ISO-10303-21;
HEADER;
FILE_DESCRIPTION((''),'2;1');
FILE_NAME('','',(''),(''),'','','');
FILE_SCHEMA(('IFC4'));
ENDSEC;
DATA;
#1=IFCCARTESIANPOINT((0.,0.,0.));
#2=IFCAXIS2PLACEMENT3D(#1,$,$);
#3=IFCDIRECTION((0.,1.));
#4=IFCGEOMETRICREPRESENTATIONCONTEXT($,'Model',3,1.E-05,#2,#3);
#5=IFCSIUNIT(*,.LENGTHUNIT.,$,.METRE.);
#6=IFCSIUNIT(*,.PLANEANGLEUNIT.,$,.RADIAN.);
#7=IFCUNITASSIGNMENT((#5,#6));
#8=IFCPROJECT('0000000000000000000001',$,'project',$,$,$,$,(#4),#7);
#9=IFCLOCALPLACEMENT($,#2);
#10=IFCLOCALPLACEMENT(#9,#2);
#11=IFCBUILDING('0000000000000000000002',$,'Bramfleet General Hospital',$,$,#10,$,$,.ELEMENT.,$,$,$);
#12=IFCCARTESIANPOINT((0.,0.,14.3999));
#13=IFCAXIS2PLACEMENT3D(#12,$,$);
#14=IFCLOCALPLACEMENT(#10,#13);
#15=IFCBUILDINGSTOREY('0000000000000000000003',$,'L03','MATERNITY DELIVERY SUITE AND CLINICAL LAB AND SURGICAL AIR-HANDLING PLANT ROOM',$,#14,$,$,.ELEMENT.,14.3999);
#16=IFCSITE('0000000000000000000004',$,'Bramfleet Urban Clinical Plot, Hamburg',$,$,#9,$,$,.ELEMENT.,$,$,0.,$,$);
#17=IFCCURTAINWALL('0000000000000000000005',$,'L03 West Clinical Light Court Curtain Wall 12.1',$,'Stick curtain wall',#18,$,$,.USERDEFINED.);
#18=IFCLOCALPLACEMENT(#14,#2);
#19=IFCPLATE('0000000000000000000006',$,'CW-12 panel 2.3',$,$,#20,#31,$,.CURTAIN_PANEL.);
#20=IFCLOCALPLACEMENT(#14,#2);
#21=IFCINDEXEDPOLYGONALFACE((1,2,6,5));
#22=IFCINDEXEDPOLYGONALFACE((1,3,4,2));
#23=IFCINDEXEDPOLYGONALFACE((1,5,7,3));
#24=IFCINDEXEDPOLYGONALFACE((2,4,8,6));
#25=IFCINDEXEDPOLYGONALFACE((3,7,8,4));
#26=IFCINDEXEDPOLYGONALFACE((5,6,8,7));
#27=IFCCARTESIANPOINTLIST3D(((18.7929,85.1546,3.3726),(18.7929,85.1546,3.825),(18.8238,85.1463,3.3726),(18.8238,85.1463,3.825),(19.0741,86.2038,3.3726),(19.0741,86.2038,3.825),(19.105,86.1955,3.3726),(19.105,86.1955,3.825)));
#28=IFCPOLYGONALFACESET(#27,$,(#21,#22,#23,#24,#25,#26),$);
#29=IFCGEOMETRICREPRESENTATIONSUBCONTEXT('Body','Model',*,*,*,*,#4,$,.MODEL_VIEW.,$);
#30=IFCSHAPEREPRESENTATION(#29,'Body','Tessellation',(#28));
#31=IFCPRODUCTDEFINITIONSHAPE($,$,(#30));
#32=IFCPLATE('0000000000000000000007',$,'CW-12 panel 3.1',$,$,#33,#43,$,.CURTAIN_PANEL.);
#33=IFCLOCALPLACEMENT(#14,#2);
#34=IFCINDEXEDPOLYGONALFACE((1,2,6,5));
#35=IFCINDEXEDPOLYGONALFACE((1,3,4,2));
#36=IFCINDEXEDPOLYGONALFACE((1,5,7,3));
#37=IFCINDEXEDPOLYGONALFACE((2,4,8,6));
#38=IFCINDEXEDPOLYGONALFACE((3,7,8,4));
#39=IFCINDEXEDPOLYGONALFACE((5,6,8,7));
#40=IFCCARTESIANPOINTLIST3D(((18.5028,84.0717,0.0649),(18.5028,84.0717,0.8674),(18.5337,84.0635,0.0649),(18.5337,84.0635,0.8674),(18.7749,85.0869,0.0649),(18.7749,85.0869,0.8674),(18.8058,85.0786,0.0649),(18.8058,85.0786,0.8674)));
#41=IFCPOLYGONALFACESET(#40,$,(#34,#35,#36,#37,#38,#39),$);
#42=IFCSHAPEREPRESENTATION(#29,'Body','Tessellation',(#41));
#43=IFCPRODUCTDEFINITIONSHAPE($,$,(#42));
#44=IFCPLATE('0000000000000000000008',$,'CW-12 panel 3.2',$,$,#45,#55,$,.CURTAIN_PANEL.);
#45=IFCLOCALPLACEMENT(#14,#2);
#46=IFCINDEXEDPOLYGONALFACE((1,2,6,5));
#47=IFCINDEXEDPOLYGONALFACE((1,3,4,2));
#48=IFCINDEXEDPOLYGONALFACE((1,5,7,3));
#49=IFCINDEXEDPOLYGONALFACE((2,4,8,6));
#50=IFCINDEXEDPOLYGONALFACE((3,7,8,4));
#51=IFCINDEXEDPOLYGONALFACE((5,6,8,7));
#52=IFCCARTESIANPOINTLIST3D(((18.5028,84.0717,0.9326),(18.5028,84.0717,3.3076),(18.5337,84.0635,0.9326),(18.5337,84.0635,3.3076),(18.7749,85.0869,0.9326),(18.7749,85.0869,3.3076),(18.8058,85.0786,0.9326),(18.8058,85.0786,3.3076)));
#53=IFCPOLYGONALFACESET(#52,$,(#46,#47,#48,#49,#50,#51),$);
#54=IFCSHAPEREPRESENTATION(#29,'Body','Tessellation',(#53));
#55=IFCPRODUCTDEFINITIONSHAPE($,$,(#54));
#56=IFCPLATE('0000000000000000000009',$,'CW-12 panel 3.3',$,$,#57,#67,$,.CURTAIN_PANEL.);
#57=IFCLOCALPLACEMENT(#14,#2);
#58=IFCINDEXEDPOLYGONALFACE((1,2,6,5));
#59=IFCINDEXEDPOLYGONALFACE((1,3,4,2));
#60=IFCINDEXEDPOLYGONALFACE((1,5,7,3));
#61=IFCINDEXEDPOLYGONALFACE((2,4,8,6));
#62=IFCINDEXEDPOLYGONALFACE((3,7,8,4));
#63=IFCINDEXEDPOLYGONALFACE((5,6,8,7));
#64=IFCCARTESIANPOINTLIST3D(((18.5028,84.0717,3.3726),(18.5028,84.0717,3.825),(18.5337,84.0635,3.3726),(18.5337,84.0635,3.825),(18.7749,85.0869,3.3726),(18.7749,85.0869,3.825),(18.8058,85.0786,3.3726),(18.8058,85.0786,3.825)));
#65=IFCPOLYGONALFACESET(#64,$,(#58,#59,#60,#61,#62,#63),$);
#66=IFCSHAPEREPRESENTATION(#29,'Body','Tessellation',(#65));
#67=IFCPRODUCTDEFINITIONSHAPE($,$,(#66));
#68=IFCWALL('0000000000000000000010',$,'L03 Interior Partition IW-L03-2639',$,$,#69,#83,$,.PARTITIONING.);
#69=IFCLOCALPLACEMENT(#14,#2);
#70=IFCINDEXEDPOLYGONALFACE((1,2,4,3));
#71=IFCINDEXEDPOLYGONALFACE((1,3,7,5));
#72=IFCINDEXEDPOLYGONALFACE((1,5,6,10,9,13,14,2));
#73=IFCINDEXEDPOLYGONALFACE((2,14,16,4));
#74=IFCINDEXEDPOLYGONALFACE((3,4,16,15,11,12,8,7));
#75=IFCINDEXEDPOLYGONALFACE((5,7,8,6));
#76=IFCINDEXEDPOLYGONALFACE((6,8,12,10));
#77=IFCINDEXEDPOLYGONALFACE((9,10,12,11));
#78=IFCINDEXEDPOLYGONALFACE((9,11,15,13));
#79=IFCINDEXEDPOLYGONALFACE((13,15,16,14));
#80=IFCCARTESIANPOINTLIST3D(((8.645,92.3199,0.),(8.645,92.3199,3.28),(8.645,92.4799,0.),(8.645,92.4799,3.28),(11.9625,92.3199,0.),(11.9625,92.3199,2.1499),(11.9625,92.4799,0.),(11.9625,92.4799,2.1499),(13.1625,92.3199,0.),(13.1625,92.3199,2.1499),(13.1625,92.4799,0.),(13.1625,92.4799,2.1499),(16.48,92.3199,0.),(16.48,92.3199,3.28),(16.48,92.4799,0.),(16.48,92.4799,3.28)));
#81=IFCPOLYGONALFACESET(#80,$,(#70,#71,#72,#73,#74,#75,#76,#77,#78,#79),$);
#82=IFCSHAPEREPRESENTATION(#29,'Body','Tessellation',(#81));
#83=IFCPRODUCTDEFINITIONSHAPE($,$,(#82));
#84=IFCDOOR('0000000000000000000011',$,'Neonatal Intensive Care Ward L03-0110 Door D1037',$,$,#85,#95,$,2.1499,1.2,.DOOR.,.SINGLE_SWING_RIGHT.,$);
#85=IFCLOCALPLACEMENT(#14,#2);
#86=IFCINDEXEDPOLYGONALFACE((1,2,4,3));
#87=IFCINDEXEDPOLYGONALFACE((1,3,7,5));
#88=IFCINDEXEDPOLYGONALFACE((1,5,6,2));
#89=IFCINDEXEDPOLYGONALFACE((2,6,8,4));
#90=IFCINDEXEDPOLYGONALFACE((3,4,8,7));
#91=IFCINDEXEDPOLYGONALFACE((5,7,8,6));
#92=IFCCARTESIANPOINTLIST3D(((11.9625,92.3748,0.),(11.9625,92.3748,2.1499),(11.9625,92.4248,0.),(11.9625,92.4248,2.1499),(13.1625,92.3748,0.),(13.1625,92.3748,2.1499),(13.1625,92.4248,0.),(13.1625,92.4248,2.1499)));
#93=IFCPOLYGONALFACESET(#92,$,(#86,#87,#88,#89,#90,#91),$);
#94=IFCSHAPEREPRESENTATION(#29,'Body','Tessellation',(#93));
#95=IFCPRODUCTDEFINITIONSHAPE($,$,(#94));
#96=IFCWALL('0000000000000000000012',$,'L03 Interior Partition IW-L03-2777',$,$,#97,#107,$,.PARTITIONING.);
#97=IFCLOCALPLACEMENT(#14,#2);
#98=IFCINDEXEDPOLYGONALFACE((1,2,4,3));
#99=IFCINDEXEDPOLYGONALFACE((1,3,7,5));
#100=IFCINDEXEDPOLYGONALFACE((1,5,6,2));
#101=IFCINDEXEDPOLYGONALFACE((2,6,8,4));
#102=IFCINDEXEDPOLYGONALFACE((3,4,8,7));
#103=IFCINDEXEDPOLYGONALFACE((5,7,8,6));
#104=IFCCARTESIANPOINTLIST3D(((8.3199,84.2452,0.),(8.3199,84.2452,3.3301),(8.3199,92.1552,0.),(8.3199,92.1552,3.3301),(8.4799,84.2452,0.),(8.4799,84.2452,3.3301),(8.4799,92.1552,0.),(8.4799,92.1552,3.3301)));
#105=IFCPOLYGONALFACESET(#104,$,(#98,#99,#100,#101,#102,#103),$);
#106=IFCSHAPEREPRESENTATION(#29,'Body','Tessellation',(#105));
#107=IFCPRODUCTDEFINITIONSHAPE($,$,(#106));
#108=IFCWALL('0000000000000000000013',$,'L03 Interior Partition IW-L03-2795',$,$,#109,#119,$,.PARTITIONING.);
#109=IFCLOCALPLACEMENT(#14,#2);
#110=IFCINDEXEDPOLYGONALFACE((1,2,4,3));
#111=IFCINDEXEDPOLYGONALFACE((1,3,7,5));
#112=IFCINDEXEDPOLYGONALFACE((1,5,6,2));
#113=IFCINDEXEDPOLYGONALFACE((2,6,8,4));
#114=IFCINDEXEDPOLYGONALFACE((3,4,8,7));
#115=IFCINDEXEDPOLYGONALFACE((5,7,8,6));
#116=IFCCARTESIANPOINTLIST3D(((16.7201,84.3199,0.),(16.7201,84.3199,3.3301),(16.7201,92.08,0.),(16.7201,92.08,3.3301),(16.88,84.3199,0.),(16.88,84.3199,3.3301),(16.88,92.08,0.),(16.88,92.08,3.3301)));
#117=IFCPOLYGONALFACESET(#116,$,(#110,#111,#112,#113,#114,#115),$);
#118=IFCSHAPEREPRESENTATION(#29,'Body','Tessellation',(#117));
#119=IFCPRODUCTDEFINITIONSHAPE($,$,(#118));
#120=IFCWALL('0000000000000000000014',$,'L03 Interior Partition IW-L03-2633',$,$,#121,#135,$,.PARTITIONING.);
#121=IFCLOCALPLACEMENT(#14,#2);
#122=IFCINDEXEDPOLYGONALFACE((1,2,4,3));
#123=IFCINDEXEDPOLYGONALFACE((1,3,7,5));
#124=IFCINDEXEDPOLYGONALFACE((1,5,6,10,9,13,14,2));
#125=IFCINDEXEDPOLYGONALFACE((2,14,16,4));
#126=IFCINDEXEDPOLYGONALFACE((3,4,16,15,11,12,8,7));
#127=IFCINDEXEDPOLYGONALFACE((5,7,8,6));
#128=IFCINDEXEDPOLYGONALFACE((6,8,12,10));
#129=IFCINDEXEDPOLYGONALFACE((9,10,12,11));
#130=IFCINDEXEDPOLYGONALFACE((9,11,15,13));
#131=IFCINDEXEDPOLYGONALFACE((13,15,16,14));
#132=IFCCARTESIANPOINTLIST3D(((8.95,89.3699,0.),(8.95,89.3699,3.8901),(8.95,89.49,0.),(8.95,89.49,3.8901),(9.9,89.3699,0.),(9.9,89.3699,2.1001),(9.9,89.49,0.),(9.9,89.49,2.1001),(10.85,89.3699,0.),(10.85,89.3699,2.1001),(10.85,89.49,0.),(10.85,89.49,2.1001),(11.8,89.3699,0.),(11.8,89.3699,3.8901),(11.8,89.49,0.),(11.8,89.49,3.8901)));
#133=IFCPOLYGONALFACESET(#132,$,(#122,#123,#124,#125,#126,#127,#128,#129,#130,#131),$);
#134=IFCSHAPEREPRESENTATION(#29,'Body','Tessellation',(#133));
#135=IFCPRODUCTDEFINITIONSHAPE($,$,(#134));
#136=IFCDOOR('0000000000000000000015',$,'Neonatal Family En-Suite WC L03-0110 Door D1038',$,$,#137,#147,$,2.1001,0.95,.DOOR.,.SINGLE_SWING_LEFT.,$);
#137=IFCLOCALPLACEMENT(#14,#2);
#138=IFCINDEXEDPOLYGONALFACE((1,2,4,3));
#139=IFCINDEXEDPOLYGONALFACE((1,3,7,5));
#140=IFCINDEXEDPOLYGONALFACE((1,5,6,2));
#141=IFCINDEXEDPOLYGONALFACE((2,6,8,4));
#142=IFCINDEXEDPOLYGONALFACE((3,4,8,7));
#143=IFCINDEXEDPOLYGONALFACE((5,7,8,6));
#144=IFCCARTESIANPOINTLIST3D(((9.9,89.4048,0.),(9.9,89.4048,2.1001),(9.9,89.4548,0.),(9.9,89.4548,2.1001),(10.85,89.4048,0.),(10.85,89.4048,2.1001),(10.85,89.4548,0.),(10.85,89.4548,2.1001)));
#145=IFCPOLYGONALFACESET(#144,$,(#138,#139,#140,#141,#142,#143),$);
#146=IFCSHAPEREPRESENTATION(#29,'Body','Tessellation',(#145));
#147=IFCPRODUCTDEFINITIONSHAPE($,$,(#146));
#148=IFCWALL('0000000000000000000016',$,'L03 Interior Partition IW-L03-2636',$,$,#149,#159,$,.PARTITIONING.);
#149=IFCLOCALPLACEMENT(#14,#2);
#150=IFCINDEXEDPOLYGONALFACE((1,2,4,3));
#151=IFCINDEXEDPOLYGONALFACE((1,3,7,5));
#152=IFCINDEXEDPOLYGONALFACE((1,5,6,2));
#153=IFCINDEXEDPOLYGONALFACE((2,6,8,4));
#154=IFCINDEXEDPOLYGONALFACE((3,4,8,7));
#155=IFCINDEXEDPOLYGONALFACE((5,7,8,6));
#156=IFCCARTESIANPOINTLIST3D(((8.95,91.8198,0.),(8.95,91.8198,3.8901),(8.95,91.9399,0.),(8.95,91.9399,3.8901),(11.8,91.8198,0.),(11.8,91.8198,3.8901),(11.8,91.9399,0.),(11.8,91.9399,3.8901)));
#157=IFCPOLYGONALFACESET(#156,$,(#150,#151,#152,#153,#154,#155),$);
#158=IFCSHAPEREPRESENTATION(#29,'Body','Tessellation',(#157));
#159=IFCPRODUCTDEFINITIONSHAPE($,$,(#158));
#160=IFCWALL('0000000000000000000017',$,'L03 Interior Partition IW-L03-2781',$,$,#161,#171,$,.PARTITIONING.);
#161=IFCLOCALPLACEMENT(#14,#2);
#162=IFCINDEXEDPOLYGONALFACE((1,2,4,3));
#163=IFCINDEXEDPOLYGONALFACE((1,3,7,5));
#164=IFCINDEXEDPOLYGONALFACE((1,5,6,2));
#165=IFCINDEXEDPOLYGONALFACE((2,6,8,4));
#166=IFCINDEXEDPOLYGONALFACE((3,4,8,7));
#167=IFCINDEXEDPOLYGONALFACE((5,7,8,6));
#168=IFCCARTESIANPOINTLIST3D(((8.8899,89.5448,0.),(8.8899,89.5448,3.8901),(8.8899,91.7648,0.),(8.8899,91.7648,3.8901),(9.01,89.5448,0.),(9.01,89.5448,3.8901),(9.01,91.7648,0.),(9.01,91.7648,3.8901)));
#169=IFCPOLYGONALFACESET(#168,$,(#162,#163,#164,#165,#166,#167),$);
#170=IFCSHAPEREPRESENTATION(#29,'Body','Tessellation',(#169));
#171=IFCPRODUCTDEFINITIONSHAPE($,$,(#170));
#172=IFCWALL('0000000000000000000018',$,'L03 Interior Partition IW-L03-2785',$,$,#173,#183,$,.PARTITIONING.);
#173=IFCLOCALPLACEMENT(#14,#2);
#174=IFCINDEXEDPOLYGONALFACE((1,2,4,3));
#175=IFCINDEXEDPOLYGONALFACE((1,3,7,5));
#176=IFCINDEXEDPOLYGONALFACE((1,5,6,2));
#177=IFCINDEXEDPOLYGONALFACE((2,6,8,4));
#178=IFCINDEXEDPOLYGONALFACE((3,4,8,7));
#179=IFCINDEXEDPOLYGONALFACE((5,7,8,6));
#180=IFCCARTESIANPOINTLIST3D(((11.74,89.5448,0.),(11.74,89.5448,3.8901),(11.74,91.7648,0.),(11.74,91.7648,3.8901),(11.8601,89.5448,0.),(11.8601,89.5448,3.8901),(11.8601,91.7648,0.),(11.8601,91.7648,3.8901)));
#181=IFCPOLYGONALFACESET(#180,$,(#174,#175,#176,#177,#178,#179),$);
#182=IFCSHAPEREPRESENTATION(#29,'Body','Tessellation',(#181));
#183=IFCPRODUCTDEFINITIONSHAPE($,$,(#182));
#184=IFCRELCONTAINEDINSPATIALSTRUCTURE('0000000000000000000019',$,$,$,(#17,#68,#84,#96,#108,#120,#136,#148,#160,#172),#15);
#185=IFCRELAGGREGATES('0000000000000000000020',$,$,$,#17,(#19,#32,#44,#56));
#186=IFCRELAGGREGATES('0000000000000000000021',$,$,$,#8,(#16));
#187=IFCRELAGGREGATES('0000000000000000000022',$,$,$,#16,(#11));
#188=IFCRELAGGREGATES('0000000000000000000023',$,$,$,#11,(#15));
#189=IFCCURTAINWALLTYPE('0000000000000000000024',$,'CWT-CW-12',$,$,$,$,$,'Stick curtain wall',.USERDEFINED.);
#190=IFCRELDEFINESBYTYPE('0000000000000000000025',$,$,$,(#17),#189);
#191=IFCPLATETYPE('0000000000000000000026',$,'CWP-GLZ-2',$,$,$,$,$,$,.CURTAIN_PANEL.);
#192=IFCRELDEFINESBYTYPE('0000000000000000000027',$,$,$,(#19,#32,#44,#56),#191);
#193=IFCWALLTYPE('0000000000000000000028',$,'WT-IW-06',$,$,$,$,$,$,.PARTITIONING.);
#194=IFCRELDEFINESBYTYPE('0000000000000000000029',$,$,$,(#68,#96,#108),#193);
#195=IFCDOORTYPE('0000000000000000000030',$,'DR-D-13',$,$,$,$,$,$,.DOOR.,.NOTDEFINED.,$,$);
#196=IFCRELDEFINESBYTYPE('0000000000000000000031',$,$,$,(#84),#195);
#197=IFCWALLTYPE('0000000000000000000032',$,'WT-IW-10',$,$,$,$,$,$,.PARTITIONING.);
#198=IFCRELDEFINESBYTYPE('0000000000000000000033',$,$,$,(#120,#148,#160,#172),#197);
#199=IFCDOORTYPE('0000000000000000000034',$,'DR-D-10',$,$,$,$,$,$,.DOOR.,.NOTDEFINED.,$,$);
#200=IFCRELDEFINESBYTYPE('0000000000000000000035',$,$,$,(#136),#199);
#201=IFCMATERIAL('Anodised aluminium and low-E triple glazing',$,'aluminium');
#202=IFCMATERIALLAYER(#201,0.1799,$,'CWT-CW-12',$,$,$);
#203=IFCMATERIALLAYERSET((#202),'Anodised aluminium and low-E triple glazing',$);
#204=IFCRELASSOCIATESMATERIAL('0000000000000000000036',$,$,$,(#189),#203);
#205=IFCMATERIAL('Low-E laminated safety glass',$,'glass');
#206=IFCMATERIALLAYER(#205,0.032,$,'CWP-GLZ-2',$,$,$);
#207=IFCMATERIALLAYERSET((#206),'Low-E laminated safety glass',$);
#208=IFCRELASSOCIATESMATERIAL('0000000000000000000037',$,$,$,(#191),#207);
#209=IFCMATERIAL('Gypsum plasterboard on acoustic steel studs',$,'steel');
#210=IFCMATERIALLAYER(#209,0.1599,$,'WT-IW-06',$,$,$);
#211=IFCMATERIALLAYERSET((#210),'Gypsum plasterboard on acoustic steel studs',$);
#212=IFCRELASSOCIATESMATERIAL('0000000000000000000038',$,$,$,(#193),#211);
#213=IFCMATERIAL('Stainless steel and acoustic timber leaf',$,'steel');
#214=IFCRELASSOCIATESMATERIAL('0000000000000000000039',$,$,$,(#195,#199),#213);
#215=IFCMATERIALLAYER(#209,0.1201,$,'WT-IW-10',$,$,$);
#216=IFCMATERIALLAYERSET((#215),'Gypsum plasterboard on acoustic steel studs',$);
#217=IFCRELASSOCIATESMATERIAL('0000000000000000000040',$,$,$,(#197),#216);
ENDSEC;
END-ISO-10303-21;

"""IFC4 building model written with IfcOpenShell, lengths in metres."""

from ifc_helpers import new_model, si_unit, direction, frame, frame_2d, origin, origin_2d, place, context, subcontext, project, spatial, rectangle, extrude, material, layer, layer_set, type_object, element, fill, aggregate, save


model = new_model("IFC4")

# Units and contexts
model_context = context("Model", 3, precision=1e-05, world=origin(), true_north=direction((0.0, 1.0)))
body_context = subcontext(model_context, "Body", "Model", "MODEL_VIEW")
ifc_project = project(units=[si_unit("LENGTHUNIT", "METRE"), si_unit("PLANEANGLEUNIT", "RADIAN")], contexts=[model_context])

# Site, building, storey
site_placement = place(None, origin())
site = spatial("IfcSite", under=ifc_project, at=site_placement, Name="Bramfleet Urban Clinical Plot, Hamburg", CompositionType="ELEMENT", RefElevation=0.0)
building_placement = place(site_placement, origin())
building = spatial("IfcBuilding", under=site, at=building_placement, Name="Bramfleet General Hospital", CompositionType="ELEMENT")
storey_placement = place(building_placement, frame((0.0, 0.0, 14.3999)))
storey = spatial("IfcBuildingStorey", under=building, at=storey_placement, Name="L03", Description="MATERNITY DELIVERY SUITE AND CLINICAL LAB AND SURGICAL AIR-HANDLING PLANT ROOM", CompositionType="ELEMENT", Elevation=14.3999)

# Curtain wall, plates
ifc_material_1 = material(Name="Anodised aluminium and low-E triple glazing", Category="aluminium")
ifc_layer_1 = layer(ifc_material_1, 0.1799, Name="CWT-CW-12")
ifc_layer_set_1 = layer_set([ifc_layer_1], Name="Anodised aluminium and low-E triple glazing")
curtain_wall_type = type_object("IfcCurtainWallType", Name="CWT-CW-12", ElementType="Stick curtain wall", PredefinedType="USERDEFINED", material=ifc_layer_set_1)
curtain_wall_placement = place(storey_placement, origin())
curtain_wall = element("IfcCurtainWall", 1, at=curtain_wall_placement, inside=storey, type_object=curtain_wall_type, Name="L03 West Clinical Light Court Curtain Wall 12.1", ObjectType="Stick curtain wall", PredefinedType="USERDEFINED")
ifc_material_2 = material(Name="Low-E laminated safety glass", Category="glass")
ifc_layer_2 = layer(ifc_material_2, 0.032, Name="CWP-GLZ-2")
ifc_layer_set_2 = layer_set([ifc_layer_2], Name="Low-E laminated safety glass")
plate_type = type_object("IfcPlateType", Name="CWP-GLZ-2", PredefinedType="CURTAIN_PANEL", material=ifc_layer_set_2)
plate_1_placement = place(storey_placement, frame((18.949, 85.675, 3.3726), z_axis=(0.0, 0.0, 1.0), x_axis=(-0.258919, -0.965899, 0.0)))
plate_1 = element("IfcPlate", 2, at=plate_1_placement, type_object=plate_type, Name="CW-12 panel 2.3", PredefinedType="CURTAIN_PANEL", context=body_context, shape_type="SweptSolid", body=[
    extrude(rectangle(XDim=1.0862, YDim=0.032, at=origin_2d()), origin(), (0.0, 0.0, 1.0), 0.4524),
])
plate_2_placement = place(storey_placement, frame((18.6543, 84.5752, 0.0649), z_axis=(0.0, 0.0, 1.0), x_axis=(-0.258919, -0.965899, 0.0)))
plate_2 = element("IfcPlate", 3, at=plate_2_placement, type_object=plate_type, Name="CW-12 panel 3.1", PredefinedType="CURTAIN_PANEL", context=body_context, shape_type="SweptSolid", body=[
    extrude(rectangle(XDim=1.051, YDim=0.032, at=origin_2d()), origin(), (0.0, 0.0, 1.0), 0.8025),
])
plate_3_placement = place(storey_placement, frame((18.6543, 84.5752, 0.9326), z_axis=(0.0, 0.0, 1.0), x_axis=(-0.258919, -0.965899, 0.0)))
plate_3 = element("IfcPlate", 4, at=plate_3_placement, type_object=plate_type, Name="CW-12 panel 3.2", PredefinedType="CURTAIN_PANEL", context=body_context, shape_type="SweptSolid", body=[
    extrude(rectangle(XDim=1.051, YDim=0.032, at=origin_2d()), origin(), (0.0, 0.0, 1.0), 2.375),
])
plate_4_placement = place(storey_placement, frame((18.6543, 84.5752, 3.3726), z_axis=(0.0, 0.0, 1.0), x_axis=(-0.258919, -0.965899, 0.0)))
plate_4 = element("IfcPlate", 5, at=plate_4_placement, type_object=plate_type, Name="CW-12 panel 3.3", PredefinedType="CURTAIN_PANEL", context=body_context, shape_type="SweptSolid", body=[
    extrude(rectangle(XDim=1.051, YDim=0.032, at=origin_2d()), origin(), (0.0, 0.0, 1.0), 0.4524),
])
aggregate(curtain_wall, [plate_1, plate_2, plate_3, plate_4])

# Wall, opening, door
ifc_material_3 = material(Name="Gypsum plasterboard on acoustic steel studs", Category="steel")
ifc_layer_3 = layer(ifc_material_3, 0.1599, Name="WT-IW-06")
ifc_layer_set_3 = layer_set([ifc_layer_3], Name="Gypsum plasterboard on acoustic steel studs")
wall_type_1 = type_object("IfcWallType", Name="WT-IW-06", PredefinedType="PARTITIONING", material=ifc_layer_set_3)
wall_1_placement = place(storey_placement, frame((8.645, 92.3999, 0.0), z_axis=(0.0, 0.0, 1.0), x_axis=(1.0, 0.0, 0.0)))
wall_1 = element("IfcWall", 6, at=wall_1_placement, inside=storey, type_object=wall_type_1, Name="L03 Interior Partition IW-L03-2639", PredefinedType="PARTITIONING", context=body_context, shape_type="SweptSolid", body=[
    extrude(rectangle(XDim=7.835, YDim=0.1599, at=frame_2d((3.9175, 0.0))), origin(), (0.0, 0.0, 1.0), 3.28),
])
opening_1_placement = place(wall_1_placement, frame((3.3174, 0.0, 0.0)))
opening_1 = element("IfcOpeningElement", 7, at=opening_1_placement, cuts=wall_1, PredefinedType="OPENING", context=body_context, shape_type="SweptSolid", body=[
    extrude(rectangle(XDim=1.2, YDim=2.1499, at=frame_2d((0.6001, 1.075))), frame((0.0, 0.0898, 0.0), z_axis=(0.0, -1.0, 0.0), x_axis=(1.0, 0.0, 0.0)), (0.0, 0.0, 1.0), 0.1799),
])
ifc_material_4 = material(Name="Stainless steel and acoustic timber leaf", Category="steel")
door_type_1 = type_object("IfcDoorType", Name="DR-D-13", OperationType="NOTDEFINED", PredefinedType="DOOR", material=ifc_material_4)
door_1_placement = place(opening_1_placement, origin())
door_1 = element("IfcDoor", 8, at=door_1_placement, inside=storey, type_object=door_type_1, Name="Neonatal Intensive Care Ward L03-0110 Door D1037", OperationType="SINGLE_SWING_RIGHT", OverallHeight=2.1499, OverallWidth=1.2, PredefinedType="DOOR", context=body_context, shape_type="SweptSolid", body=[
    extrude(rectangle(XDim=1.2, YDim=2.1499, at=frame_2d((0.6001, 1.075))), frame((0.0, 0.0249, 0.0), z_axis=(0.0, -1.0, 0.0), x_axis=(1.0, 0.0, 0.0)), (0.0, 0.0, 1.0), 0.05),
])
fill(opening_1, door_1)

# Walls
wall_2_placement = place(storey_placement, frame((8.3999, 84.2451, 0.0), z_axis=(0.0, 0.0, 1.0), x_axis=(0.0, 1.0, 0.0)))
element("IfcWall", 9, at=wall_2_placement, inside=storey, type_object=wall_type_1, Name="L03 Interior Partition IW-L03-2777", PredefinedType="PARTITIONING", context=body_context, shape_type="SweptSolid", body=[
    extrude(rectangle(XDim=7.9099, YDim=0.1599, at=frame_2d((3.9551, 0.0))), origin(), (0.0, 0.0, 1.0), 3.3301),
])
wall_3_placement = place(storey_placement, frame((16.8, 84.3201, 0.0), z_axis=(0.0, 0.0, 1.0), x_axis=(0.0, 1.0, 0.0)))
element("IfcWall", 10, at=wall_3_placement, inside=storey, type_object=wall_type_1, Name="L03 Interior Partition IW-L03-2795", PredefinedType="PARTITIONING", context=body_context, shape_type="SweptSolid", body=[
    extrude(rectangle(XDim=7.76, YDim=0.1599, at=frame_2d((3.8799, 0.0))), origin(), (0.0, 0.0, 1.0), 3.3301),
])

# Wall, opening, door
ifc_layer_4 = layer(ifc_material_3, 0.1201, Name="WT-IW-10")
ifc_layer_set_4 = layer_set([ifc_layer_4], Name="Gypsum plasterboard on acoustic steel studs")
wall_type_2 = type_object("IfcWallType", Name="WT-IW-10", PredefinedType="PARTITIONING", material=ifc_layer_set_4)
wall_4_placement = place(storey_placement, frame((8.95, 89.4299, 0.0), z_axis=(0.0, 0.0, 1.0), x_axis=(1.0, 0.0, 0.0)))
wall_4 = element("IfcWall", 11, at=wall_4_placement, inside=storey, type_object=wall_type_2, Name="L03 Interior Partition IW-L03-2633", PredefinedType="PARTITIONING", context=body_context, shape_type="SweptSolid", body=[
    extrude(rectangle(XDim=2.8501, YDim=0.1201, at=frame_2d((1.425, 0.0))), origin(), (0.0, 0.0, 1.0), 3.8901),
])
opening_2_placement = place(wall_4_placement, frame((0.95, 0.0, 0.0)))
opening_2 = element("IfcOpeningElement", 12, at=opening_2_placement, cuts=wall_4, PredefinedType="OPENING", context=body_context, shape_type="SweptSolid", body=[
    extrude(rectangle(XDim=0.95, YDim=2.1001, at=frame_2d((0.4751, 1.05))), frame((0.0, 0.0701, 0.0), z_axis=(0.0, -1.0, 0.0), x_axis=(1.0, 0.0, 0.0)), (0.0, 0.0, 1.0), 0.1401),
])
door_type_2 = type_object("IfcDoorType", Name="DR-D-10", OperationType="NOTDEFINED", PredefinedType="DOOR", material=ifc_material_4)
door_2_placement = place(opening_2_placement, origin())
door_2 = element("IfcDoor", 13, at=door_2_placement, inside=storey, type_object=door_type_2, Name="Neonatal Family En-Suite WC L03-0110 Door D1038", OperationType="SINGLE_SWING_LEFT", OverallHeight=2.1001, OverallWidth=0.95, PredefinedType="DOOR", context=body_context, shape_type="SweptSolid", body=[
    extrude(rectangle(XDim=0.95, YDim=2.1001, at=frame_2d((0.4751, 1.05))), frame((0.0, 0.0249, 0.0), z_axis=(0.0, -1.0, 0.0), x_axis=(1.0, 0.0, 0.0)), (0.0, 0.0, 1.0), 0.05),
])
fill(opening_2, door_2)

# Walls
wall_5_placement = place(storey_placement, frame((8.95, 91.8799, 0.0), z_axis=(0.0, 0.0, 1.0), x_axis=(1.0, 0.0, 0.0)))
element("IfcWall", 14, at=wall_5_placement, inside=storey, type_object=wall_type_2, Name="L03 Interior Partition IW-L03-2636", PredefinedType="PARTITIONING", context=body_context, shape_type="SweptSolid", body=[
    extrude(rectangle(XDim=2.8501, YDim=0.1201, at=frame_2d((1.425, 0.0))), origin(), (0.0, 0.0, 1.0), 3.8901),
])
for number, where, z_axis, x_axis, name in (
    (15, (8.95, 89.5449, 0.0), (0.0, 0.0, 1.0), (0.0, 1.0, 0.0), "L03 Interior Partition IW-L03-2781"),
    (16, (11.8, 89.5449, 0.0), (0.0, 0.0, 1.0), (0.0, 1.0, 0.0), "L03 Interior Partition IW-L03-2785"),
):
    element("IfcWall", number, at=place(storey_placement, frame(where, z_axis=z_axis, x_axis=x_axis)), inside=storey, type_object=wall_type_2, Name=name, PredefinedType="PARTITIONING", context=body_context, shape_type="SweptSolid", body=[
        extrude(rectangle(XDim=2.22, YDim=0.1201, at=frame_2d((1.1099, 0.0))), origin(), (0.0, 0.0, 1.0), 3.8901),
    ])

save(model, "model.ifc")
